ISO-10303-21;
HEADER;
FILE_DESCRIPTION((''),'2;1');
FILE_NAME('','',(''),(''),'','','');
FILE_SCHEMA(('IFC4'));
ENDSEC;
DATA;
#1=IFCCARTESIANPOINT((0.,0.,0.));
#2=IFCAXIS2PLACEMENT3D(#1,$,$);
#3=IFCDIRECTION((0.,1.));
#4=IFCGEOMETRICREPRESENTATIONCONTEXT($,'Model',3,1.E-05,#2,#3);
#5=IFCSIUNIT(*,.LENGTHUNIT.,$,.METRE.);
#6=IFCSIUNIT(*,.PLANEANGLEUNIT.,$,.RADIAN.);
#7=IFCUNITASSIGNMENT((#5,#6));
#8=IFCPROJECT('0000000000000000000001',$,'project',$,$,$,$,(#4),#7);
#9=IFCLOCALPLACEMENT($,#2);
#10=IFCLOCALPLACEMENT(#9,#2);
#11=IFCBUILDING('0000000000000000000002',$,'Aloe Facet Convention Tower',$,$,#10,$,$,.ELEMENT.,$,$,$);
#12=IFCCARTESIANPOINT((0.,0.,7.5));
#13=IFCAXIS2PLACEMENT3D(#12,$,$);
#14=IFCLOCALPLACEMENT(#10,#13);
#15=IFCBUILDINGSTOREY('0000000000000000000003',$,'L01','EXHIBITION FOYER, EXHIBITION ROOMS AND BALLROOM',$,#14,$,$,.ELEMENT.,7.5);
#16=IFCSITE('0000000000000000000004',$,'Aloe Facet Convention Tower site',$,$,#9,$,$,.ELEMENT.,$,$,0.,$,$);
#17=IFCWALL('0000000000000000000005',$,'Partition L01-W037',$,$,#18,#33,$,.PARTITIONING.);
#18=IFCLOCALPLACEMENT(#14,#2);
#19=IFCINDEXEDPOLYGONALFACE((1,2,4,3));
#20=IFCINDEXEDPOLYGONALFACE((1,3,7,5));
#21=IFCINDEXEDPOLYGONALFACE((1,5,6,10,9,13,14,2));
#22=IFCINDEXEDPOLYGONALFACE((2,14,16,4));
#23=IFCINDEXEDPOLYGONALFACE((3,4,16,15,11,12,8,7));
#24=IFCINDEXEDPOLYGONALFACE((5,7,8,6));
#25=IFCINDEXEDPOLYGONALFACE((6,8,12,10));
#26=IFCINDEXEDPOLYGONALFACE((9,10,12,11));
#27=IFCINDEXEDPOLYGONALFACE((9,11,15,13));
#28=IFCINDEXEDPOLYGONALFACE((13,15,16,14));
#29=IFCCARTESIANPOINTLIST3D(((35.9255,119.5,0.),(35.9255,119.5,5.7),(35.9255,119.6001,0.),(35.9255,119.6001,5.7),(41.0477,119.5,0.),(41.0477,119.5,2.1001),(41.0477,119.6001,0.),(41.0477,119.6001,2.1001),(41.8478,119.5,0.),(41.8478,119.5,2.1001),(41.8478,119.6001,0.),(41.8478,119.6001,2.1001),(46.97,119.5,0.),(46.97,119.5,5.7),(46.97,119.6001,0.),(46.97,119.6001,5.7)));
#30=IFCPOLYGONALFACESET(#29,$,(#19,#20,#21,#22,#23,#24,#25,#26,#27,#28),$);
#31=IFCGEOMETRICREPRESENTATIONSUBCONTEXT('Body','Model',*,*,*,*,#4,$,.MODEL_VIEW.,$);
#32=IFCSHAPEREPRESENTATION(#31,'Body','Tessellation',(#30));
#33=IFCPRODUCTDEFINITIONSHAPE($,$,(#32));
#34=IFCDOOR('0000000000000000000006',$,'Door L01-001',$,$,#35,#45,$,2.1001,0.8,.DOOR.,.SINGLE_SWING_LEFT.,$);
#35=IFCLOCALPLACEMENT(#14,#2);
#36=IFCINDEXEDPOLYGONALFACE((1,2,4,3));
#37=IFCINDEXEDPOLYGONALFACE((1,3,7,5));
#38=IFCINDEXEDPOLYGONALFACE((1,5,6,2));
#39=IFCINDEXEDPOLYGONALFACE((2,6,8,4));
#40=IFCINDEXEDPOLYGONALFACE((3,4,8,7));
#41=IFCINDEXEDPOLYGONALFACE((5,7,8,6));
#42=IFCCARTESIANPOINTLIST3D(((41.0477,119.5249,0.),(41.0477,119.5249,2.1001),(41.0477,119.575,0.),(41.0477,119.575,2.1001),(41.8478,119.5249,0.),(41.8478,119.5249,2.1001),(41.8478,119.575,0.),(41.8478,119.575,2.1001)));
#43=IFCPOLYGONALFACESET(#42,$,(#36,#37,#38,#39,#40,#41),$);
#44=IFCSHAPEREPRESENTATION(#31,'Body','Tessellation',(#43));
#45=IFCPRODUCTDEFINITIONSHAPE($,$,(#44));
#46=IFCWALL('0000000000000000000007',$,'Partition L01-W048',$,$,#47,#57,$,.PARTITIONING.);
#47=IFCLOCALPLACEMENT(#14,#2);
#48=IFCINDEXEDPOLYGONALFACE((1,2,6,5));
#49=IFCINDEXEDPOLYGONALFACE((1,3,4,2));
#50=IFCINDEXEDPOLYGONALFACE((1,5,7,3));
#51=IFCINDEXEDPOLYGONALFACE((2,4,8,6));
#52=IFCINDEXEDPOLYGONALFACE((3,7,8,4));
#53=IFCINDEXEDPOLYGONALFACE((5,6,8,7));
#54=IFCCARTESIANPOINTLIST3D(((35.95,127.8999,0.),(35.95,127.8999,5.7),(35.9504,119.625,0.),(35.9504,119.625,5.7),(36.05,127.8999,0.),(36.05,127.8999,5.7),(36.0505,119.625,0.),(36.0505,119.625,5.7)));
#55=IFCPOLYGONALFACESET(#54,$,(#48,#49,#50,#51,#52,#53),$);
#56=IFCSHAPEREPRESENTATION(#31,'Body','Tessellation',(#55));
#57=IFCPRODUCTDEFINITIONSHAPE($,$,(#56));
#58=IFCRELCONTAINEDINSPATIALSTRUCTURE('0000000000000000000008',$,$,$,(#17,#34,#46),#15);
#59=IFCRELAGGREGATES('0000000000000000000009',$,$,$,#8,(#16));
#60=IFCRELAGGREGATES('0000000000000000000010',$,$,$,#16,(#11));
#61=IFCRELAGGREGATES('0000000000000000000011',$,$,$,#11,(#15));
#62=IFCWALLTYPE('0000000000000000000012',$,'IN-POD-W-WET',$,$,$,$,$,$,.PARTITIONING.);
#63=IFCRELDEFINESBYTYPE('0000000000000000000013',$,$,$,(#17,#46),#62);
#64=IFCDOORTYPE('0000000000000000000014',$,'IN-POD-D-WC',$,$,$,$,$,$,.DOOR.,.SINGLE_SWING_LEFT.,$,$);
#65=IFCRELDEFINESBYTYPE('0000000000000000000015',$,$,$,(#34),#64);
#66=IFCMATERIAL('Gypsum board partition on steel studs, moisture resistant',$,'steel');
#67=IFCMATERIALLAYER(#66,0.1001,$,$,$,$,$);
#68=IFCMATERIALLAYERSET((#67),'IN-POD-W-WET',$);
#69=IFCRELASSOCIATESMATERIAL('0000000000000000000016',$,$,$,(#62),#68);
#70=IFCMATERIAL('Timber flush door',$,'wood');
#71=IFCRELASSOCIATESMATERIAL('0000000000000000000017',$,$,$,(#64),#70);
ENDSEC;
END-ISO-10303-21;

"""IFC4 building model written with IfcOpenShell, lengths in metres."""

from ifc_helpers import new_model, si_unit, direction, frame, frame_2d, origin, place, context, subcontext, project, spatial, rectangle, extrude, material, layer, layer_set, type_object, element, fill, save


model = new_model("IFC4")

# Units and contexts
model_context = context("Model", 3, precision=1e-05, world=origin(), true_north=direction((0.0, 1.0)))
body_context = subcontext(model_context, "Body", "Model", "MODEL_VIEW")
ifc_project = project(units=[si_unit("LENGTHUNIT", "METRE"), si_unit("PLANEANGLEUNIT", "RADIAN")], contexts=[model_context])

# Site, building, storey
site_placement = place(None, origin())
site = spatial("IfcSite", under=ifc_project, at=site_placement, Name="Aloe Facet Convention Tower site", CompositionType="ELEMENT", RefElevation=0.0)
building_placement = place(site_placement, origin())
building = spatial("IfcBuilding", under=site, at=building_placement, Name="Aloe Facet Convention Tower", CompositionType="ELEMENT")
storey_placement = place(building_placement, frame((0.0, 0.0, 7.5)))
storey = spatial("IfcBuildingStorey", under=building, at=storey_placement, Name="L01", Description="EXHIBITION FOYER, EXHIBITION ROOMS AND BALLROOM", CompositionType="ELEMENT", Elevation=7.5)

# Wall, opening, door
ifc_material_1 = material(Name="Gypsum board partition on steel studs, moisture resistant", Category="steel")
ifc_layer_1 = layer(ifc_material_1, 0.1001)
ifc_layer_set_1 = layer_set([ifc_layer_1], Name="IN-POD-W-WET")
wall_type_1 = type_object("IfcWallType", Name="IN-POD-W-WET", PredefinedType="PARTITIONING", material=ifc_layer_set_1)
wall_1_placement = place(storey_placement, frame((35.9255, 119.55, 0.0), z_axis=(0.0, 0.0, 1.0), x_axis=(1.0, 0.0, 0.0)))
wall_1 = element("IfcWall", 1, at=wall_1_placement, inside=storey, type_object=wall_type_1, Name="Partition L01-W037", PredefinedType="PARTITIONING", context=body_context, shape_type="SweptSolid", body=[
    extrude(rectangle(XDim=11.0444, YDim=0.1001, at=frame_2d((5.5222, 0.0))), origin(), (0.0, 0.0, 1.0), 5.7),
])
opening_1_placement = place(wall_1_placement, frame((5.1223, 0.0, 0.0)))
opening_1 = element("IfcOpeningElement", 2, at=opening_1_placement, cuts=wall_1, PredefinedType="OPENING", context=body_context, shape_type="SweptSolid", body=[
    extrude(rectangle(XDim=0.8, YDim=2.1001, at=frame_2d((0.3999, 1.05))), frame((0.0, 0.0601, 0.0), z_axis=(0.0, -1.0, 0.0), x_axis=(1.0, 0.0, 0.0)), (0.0, 0.0, 1.0), 0.1201),
])
ifc_material_2 = material(Name="Timber flush door", Category="wood")
door_type_1 = type_object("IfcDoorType", Name="IN-POD-D-WC", OperationType="SINGLE_SWING_LEFT", PredefinedType="DOOR", material=ifc_material_2)
door_1_placement = place(opening_1_placement, origin())
door_1 = element("IfcDoor", 3, at=door_1_placement, inside=storey, type_object=door_type_1, Name="Door L01-001", OperationType="SINGLE_SWING_LEFT", OverallHeight=2.1001, OverallWidth=0.8, PredefinedType="DOOR", context=body_context, shape_type="SweptSolid", body=[
    extrude(rectangle(XDim=0.8, YDim=2.1001, at=frame_2d((0.3999, 1.05))), frame((0.0, 0.0249, 0.0), z_axis=(0.0, -1.0, 0.0), x_axis=(1.0, 0.0, 0.0)), (0.0, 0.0, 1.0), 0.05),
])
fill(opening_1, door_1)

# Wall
wall_2_placement = place(storey_placement, frame((36.0005, 119.625, 0.0), z_axis=(0.0, 0.0, 1.0), x_axis=(-0.000059, 1.0, 0.0)))
element("IfcWall", 4, at=wall_2_placement, inside=storey, type_object=wall_type_1, Name="Partition L01-W048", PredefinedType="PARTITIONING", context=body_context, shape_type="SweptSolid", body=[
    extrude(rectangle(XDim=8.2749, YDim=0.1001, at=frame_2d((4.1375, 0.0))), origin(), (0.0, 0.0, 1.0), 5.7),
])

save(model, "model.ifc")
